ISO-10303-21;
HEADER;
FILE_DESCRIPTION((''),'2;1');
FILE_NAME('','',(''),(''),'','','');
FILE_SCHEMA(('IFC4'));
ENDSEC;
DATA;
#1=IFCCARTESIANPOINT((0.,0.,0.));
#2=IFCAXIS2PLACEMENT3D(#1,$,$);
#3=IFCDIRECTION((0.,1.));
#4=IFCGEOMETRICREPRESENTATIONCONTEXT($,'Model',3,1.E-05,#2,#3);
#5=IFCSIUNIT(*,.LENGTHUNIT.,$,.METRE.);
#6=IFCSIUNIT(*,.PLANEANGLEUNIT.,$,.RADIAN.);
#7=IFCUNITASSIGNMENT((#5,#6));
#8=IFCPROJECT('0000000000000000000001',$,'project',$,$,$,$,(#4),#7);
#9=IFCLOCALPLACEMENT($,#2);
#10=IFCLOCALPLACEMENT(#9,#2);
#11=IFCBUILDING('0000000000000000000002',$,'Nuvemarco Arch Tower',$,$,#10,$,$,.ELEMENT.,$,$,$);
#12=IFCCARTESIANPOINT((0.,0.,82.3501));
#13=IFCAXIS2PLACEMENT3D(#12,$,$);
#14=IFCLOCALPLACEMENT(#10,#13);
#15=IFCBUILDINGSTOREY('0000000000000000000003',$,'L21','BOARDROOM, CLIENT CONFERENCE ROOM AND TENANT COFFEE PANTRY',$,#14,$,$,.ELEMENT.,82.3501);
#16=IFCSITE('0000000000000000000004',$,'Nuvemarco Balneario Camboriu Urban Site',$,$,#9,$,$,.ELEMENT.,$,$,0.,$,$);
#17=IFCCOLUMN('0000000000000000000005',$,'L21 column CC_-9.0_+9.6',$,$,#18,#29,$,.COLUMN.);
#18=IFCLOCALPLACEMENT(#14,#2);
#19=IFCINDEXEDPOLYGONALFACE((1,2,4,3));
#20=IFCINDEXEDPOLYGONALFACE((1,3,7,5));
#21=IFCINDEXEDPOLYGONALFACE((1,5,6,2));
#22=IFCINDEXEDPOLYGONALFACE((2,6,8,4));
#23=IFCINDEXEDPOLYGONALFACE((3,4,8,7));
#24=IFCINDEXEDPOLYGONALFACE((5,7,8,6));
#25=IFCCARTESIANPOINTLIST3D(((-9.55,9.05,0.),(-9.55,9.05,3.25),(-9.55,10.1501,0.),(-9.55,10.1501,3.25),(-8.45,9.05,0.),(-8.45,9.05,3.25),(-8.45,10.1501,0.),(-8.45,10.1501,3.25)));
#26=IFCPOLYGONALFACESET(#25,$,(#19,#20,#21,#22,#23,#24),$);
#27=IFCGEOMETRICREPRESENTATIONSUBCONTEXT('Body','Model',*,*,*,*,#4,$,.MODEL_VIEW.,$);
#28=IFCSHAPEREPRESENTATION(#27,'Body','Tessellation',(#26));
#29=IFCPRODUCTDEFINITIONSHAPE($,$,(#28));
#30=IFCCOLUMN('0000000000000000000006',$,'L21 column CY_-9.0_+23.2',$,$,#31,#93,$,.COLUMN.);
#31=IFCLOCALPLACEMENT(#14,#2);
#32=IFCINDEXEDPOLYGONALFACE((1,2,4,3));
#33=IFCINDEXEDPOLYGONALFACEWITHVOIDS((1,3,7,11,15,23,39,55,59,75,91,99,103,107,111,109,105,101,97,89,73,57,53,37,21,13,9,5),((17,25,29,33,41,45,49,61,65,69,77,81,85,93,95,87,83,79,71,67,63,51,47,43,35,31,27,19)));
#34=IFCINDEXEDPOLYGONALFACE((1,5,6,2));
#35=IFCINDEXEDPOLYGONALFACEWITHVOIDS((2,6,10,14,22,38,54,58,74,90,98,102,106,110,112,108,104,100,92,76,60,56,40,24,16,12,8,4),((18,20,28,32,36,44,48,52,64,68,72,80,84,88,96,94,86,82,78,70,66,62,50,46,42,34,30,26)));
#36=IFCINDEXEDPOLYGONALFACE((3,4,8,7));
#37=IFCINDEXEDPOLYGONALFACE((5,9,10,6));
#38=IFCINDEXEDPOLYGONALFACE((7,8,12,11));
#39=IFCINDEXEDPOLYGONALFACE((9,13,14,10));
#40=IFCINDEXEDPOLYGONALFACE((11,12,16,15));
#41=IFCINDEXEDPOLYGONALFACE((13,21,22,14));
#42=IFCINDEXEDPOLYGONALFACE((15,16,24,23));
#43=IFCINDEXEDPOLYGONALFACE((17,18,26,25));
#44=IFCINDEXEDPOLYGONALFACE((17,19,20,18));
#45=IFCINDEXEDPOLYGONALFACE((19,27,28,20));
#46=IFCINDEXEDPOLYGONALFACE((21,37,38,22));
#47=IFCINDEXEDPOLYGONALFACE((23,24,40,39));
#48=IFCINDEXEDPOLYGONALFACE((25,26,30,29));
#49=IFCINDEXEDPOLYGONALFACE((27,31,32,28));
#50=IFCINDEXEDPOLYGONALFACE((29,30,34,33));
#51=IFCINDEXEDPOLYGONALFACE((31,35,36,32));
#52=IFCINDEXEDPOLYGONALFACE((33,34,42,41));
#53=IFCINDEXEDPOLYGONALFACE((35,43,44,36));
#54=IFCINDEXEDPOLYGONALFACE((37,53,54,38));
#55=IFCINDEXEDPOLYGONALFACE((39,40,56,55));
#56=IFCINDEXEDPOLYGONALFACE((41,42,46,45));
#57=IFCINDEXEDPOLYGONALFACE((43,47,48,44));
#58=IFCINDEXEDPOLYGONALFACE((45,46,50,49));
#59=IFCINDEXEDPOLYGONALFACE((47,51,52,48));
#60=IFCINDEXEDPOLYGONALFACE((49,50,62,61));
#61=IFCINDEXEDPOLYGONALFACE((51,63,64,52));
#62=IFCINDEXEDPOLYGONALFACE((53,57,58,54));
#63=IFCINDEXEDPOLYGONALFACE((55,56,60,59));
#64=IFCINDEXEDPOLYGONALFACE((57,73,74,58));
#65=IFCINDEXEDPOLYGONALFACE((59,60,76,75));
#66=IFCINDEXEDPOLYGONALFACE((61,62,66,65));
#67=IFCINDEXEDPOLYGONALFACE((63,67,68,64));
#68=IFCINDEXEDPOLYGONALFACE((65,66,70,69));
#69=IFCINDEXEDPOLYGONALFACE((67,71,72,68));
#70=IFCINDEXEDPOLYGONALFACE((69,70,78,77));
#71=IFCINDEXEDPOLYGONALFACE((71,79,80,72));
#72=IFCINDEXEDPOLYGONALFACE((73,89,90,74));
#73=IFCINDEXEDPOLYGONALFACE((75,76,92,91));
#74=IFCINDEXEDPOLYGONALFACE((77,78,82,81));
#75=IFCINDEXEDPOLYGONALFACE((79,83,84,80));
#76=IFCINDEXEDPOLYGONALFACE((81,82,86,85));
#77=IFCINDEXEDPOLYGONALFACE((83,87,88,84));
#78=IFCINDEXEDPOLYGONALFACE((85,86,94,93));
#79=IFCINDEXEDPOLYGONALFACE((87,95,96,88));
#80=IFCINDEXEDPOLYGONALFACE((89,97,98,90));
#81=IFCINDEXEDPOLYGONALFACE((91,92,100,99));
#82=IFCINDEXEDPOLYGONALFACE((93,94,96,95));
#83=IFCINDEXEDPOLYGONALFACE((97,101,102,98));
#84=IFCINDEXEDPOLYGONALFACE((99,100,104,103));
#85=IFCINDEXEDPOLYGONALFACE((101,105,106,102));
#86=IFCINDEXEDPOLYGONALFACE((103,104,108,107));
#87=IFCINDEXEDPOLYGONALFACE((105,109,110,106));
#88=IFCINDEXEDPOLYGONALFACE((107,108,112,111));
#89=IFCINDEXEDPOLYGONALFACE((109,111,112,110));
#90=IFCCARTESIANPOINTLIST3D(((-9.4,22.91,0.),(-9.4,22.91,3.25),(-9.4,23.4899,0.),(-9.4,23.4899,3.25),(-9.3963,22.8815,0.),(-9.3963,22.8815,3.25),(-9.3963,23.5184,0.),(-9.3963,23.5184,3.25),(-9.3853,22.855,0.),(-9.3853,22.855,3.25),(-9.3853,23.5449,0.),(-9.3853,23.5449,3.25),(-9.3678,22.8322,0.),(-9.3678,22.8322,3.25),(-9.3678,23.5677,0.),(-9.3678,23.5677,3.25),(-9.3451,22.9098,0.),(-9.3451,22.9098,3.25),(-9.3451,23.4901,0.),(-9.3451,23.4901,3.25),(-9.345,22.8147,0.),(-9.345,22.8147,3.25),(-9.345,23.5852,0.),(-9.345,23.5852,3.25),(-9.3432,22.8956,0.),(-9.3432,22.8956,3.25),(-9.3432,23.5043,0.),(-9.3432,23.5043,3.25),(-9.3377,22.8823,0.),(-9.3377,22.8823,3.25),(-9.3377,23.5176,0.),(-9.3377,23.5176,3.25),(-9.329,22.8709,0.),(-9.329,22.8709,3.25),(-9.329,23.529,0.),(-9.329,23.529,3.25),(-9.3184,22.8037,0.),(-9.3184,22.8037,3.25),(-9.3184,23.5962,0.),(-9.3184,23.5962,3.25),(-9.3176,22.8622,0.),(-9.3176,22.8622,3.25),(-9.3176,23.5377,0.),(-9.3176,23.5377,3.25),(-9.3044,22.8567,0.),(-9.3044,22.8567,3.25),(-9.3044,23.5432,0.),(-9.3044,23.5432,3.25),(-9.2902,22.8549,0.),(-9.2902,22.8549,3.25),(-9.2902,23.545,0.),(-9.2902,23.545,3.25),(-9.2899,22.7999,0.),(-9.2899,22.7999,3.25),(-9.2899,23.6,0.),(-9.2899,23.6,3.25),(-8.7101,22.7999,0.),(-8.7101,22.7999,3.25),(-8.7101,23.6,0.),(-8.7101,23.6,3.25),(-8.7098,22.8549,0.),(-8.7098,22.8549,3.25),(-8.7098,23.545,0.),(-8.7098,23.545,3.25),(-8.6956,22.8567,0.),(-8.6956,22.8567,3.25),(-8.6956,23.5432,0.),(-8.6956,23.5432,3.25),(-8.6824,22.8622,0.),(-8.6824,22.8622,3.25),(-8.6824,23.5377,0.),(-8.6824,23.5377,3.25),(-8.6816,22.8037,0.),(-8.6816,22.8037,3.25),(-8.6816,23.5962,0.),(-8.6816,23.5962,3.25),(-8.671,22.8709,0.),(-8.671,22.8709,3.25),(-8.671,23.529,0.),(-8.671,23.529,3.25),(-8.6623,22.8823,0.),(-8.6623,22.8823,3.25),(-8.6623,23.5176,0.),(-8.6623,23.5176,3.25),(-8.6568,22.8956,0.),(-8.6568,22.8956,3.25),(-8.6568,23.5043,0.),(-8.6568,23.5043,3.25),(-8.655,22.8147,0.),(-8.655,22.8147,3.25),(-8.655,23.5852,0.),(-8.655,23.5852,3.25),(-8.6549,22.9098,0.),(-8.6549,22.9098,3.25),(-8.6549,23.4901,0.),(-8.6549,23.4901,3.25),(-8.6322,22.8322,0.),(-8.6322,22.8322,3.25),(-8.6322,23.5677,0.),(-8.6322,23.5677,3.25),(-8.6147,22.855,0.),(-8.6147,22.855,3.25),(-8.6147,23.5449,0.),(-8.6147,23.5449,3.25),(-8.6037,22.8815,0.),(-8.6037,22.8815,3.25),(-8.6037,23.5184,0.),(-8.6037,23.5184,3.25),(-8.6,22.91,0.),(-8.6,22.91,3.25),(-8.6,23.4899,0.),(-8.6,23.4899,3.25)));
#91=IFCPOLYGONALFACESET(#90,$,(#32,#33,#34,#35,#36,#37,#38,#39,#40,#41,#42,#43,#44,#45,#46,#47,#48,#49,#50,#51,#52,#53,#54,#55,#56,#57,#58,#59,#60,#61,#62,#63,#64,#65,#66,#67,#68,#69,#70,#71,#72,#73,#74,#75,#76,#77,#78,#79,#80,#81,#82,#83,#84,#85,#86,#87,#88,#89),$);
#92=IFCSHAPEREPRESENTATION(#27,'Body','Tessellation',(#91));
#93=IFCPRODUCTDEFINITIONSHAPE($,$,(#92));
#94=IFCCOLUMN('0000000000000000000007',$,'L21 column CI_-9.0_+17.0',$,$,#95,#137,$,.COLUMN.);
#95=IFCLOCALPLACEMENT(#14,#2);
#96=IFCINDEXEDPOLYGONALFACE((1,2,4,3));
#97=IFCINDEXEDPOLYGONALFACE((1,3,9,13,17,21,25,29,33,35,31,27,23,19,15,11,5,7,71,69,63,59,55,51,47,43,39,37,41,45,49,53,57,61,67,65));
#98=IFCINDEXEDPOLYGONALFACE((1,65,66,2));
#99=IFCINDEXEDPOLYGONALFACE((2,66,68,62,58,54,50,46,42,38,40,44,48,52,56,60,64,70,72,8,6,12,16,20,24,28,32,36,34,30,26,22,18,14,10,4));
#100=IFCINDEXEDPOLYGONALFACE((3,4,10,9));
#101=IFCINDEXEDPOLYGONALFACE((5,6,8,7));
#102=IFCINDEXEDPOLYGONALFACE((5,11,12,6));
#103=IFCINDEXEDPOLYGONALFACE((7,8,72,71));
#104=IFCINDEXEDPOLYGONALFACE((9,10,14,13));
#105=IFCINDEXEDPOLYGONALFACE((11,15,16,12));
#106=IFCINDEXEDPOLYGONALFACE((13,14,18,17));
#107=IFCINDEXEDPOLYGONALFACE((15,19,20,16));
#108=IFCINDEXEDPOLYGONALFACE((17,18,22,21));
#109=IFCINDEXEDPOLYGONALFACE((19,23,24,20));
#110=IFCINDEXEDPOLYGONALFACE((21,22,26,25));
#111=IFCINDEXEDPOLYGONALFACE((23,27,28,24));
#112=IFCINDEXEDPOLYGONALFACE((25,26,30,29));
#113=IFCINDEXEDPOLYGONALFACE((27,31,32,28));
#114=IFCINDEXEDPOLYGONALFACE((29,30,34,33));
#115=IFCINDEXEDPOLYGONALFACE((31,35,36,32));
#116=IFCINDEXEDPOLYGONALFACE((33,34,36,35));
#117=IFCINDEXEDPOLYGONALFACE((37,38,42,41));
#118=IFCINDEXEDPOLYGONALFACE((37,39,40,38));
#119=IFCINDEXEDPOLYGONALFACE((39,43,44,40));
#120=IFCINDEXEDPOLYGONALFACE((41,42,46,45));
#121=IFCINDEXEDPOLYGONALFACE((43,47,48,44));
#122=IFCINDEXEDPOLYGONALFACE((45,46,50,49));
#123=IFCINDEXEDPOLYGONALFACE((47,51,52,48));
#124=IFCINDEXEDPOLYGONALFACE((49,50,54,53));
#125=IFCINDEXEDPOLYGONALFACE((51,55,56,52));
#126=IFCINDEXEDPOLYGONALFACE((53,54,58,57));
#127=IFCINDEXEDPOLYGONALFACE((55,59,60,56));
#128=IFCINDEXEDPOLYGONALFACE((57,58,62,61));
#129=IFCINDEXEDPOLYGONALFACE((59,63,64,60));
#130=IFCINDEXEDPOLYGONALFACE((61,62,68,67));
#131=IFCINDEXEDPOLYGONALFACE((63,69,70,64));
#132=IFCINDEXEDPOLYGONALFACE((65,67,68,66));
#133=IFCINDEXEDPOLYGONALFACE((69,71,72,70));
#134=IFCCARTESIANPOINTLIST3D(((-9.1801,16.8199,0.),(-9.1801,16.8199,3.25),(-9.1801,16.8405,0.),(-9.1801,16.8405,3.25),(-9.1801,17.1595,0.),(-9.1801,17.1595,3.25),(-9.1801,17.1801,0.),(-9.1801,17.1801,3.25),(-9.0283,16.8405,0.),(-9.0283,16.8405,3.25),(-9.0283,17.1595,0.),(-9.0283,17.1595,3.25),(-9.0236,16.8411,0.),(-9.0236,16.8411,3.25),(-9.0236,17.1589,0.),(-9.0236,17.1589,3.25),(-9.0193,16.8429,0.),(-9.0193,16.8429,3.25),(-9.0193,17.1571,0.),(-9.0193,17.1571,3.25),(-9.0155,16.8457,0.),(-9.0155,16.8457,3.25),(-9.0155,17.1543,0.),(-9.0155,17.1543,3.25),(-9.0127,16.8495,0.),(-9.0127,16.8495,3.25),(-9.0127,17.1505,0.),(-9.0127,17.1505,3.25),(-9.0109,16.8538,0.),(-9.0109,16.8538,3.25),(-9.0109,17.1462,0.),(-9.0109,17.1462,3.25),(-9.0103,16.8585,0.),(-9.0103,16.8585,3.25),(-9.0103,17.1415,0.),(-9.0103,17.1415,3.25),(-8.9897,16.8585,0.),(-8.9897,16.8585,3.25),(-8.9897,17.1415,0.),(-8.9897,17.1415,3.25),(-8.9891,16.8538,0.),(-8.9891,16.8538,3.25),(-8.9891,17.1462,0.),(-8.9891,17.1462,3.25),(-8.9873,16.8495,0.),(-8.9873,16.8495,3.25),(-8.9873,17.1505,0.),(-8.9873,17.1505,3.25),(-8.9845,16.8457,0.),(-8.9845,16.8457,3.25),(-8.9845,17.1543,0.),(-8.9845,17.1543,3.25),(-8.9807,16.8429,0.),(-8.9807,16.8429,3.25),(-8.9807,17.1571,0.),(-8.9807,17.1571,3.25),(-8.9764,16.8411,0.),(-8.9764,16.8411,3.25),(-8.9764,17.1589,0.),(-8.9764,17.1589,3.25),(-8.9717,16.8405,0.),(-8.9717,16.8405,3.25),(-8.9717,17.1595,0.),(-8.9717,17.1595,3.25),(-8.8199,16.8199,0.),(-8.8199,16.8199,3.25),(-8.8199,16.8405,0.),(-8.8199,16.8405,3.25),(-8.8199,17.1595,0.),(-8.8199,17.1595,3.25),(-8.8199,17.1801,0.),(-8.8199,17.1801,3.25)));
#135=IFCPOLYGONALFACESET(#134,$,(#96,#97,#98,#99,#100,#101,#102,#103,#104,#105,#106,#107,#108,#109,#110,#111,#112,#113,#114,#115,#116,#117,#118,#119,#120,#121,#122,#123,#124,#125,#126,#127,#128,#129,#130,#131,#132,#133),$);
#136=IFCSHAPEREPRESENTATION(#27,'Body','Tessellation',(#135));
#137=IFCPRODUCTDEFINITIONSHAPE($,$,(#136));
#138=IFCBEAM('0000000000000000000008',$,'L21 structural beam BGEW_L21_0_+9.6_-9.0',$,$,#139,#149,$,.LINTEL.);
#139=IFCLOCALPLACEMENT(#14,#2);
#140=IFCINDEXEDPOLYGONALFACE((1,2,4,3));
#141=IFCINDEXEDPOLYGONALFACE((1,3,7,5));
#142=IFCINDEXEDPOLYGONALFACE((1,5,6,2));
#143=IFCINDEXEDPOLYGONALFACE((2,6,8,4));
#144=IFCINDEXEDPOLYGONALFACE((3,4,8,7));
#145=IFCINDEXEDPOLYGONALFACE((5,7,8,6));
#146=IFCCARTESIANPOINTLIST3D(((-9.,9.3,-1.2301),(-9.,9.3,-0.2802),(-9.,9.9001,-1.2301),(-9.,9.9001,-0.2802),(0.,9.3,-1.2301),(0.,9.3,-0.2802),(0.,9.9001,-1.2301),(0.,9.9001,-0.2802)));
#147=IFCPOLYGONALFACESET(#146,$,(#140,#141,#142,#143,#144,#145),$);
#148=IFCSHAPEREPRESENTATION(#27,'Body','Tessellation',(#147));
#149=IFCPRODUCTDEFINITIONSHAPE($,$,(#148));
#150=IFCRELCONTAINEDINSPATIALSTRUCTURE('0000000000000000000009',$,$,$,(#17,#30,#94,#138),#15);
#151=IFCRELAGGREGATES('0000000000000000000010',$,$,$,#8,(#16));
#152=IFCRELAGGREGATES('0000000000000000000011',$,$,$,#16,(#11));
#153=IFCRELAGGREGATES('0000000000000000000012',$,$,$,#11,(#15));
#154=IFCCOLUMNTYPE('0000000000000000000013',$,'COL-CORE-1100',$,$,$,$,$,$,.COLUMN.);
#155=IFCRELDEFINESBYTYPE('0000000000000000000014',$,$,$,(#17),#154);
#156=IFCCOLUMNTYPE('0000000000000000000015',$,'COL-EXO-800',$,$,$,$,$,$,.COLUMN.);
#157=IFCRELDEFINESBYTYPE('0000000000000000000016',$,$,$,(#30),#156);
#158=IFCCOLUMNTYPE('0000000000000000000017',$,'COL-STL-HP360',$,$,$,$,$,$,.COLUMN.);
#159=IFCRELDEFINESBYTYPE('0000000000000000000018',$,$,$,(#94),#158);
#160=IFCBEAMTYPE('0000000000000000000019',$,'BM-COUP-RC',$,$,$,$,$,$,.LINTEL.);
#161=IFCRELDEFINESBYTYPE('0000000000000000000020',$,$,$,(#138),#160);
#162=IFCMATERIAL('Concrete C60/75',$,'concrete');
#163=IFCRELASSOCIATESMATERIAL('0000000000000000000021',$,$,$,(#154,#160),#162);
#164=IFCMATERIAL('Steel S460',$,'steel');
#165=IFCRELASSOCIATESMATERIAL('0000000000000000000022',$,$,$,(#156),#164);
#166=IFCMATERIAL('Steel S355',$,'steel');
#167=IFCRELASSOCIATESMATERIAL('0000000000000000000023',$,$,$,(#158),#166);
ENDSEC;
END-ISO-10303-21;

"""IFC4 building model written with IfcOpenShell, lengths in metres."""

from ifc_helpers import new_model, si_unit, direction, frame, origin, origin_2d, place, context, subcontext, project, spatial, rectangle, hollow_rectangle, i_section, extrude, material, material_profile, profile_set, type_object, element, save


model = new_model("IFC4")

# Units and contexts
model_context = context("Model", 3, precision=1e-05, world=origin(), true_north=direction((0.0, 1.0)))
body_context = subcontext(model_context, "Body", "Model", "MODEL_VIEW")
ifc_project = project(units=[si_unit("LENGTHUNIT", "METRE"), si_unit("PLANEANGLEUNIT", "RADIAN")], contexts=[model_context])

# Site, building, storey
site_placement = place(None, origin())
site = spatial("IfcSite", under=ifc_project, at=site_placement, Name="Nuvemarco Balneario Camboriu Urban Site", CompositionType="ELEMENT", RefElevation=0.0)
building_placement = place(site_placement, origin())
building = spatial("IfcBuilding", under=site, at=building_placement, Name="Nuvemarco Arch Tower", CompositionType="ELEMENT")
storey_placement = place(building_placement, frame((0.0, 0.0, 82.3501)))
storey = spatial("IfcBuildingStorey", under=building, at=storey_placement, Name="L21", Description="BOARDROOM, CLIENT CONFERENCE ROOM AND TENANT COFFEE PANTRY", CompositionType="ELEMENT", Elevation=82.3501)

# Columns
ifc_material_1 = material(Name="Concrete C60/75", Category="concrete")
ifc_material_profile_1 = material_profile(ifc_material_1, rectangle(XDim=1.1001, YDim=1.1001, at=origin_2d()), Name="RC-COL-1100x1100")
ifc_profile_set_1 = profile_set([ifc_material_profile_1], Name="Concrete C60/75")
column_type_1 = type_object("IfcColumnType", Name="COL-CORE-1100", PredefinedType="COLUMN", material=ifc_profile_set_1)
column_1_placement = place(storey_placement, frame((-9.0, 9.6001, 0.0), z_axis=(0.0, 0.0, 1.0), x_axis=(1.0, 0.0, 0.0)))
element("IfcColumn", 1, at=column_1_placement, inside=storey, type_object=column_type_1, Name="L21 column CC_-9.0_+9.6", PredefinedType="COLUMN", context=body_context, shape_type="SweptSolid", body=[
    extrude(rectangle(XDim=1.1001, YDim=1.1001, at=origin_2d()), origin(), (0.0, 0.0, 1.0), 3.25),
])
ifc_material_2 = material(Name="Steel S460", Category="steel")
ifc_material_profile_2 = material_profile(ifc_material_2, hollow_rectangle(XDim=0.8, YDim=0.8, WallThickness=0.0549, InnerFilletRadius=0.0549, OuterFilletRadius=0.1101, at=origin_2d()), Name="SHS800x800x55")
ifc_profile_set_2 = profile_set([ifc_material_profile_2], Name="Steel S460")
column_type_2 = type_object("IfcColumnType", Name="COL-EXO-800", PredefinedType="COLUMN", material=ifc_profile_set_2)
column_2_placement = place(storey_placement, frame((-9.0, 23.2, 0.0), z_axis=(0.0, 0.0, 1.0), x_axis=(1.0, 0.0, 0.0)))
element("IfcColumn", 2, at=column_2_placement, inside=storey, type_object=column_type_2, Name="L21 column CY_-9.0_+23.2", PredefinedType="COLUMN", context=body_context, shape_type="SweptSolid", body=[
    extrude(hollow_rectangle(XDim=0.8, YDim=0.8, WallThickness=0.0549, InnerFilletRadius=0.0549, OuterFilletRadius=0.1101, at=origin_2d()), origin(), (0.0, 0.0, 1.0), 3.25),
])
ifc_material_3 = material(Name="Steel S355", Category="steel")
ifc_material_profile_3 = material_profile(ifc_material_3, i_section(OverallWidth=0.3601, OverallDepth=0.3601, WebThickness=0.0205, FlangeThickness=0.0205, FilletRadius=0.0181, at=origin_2d()), Name="HP360x174")
ifc_profile_set_3 = profile_set([ifc_material_profile_3], Name="Steel S355")
column_type_3 = type_object("IfcColumnType", Name="COL-STL-HP360", PredefinedType="COLUMN", material=ifc_profile_set_3)
column_3_placement = place(storey_placement, frame((-9.0, 17.0, 0.0), z_axis=(0.0, 0.0, 1.0), x_axis=(1.0, 0.0, 0.0)))
element("IfcColumn", 3, at=column_3_placement, inside=storey, type_object=column_type_3, Name="L21 column CI_-9.0_+17.0", PredefinedType="COLUMN", context=body_context, shape_type="SweptSolid", body=[
    extrude(i_section(OverallWidth=0.3601, OverallDepth=0.3601, WebThickness=0.0205, FlangeThickness=0.0205, FilletRadius=0.0181, at=origin_2d()), origin(), (0.0, 0.0, 1.0), 3.25),
])

# Beam
ifc_material_profile_4 = material_profile(ifc_material_1, rectangle(XDim=0.6001, YDim=0.95, at=origin_2d()), Name="RC-BM-600x950")
ifc_profile_set_4 = profile_set([ifc_material_profile_4], Name="Concrete C60/75")
beam_type_1 = type_object("IfcBeamType", Name="BM-COUP-RC", PredefinedType="LINTEL", material=ifc_profile_set_4)
beam_1_placement = place(storey_placement, frame((-9.0, 9.6001, -0.7551), z_axis=(1.0, 0.0, 0.0), x_axis=(0.0, 1.0, 0.0)))
element("IfcBeam", 4, at=beam_1_placement, inside=storey, type_object=beam_type_1, Name="L21 structural beam BGEW_L21_0_+9.6_-9.0", PredefinedType="LINTEL", context=body_context, shape_type="SweptSolid", body=[
    extrude(rectangle(XDim=0.6001, YDim=0.95, at=origin_2d()), origin(), (0.0, 0.0, 1.0), 9.0),
])

save(model, "model.ifc")
